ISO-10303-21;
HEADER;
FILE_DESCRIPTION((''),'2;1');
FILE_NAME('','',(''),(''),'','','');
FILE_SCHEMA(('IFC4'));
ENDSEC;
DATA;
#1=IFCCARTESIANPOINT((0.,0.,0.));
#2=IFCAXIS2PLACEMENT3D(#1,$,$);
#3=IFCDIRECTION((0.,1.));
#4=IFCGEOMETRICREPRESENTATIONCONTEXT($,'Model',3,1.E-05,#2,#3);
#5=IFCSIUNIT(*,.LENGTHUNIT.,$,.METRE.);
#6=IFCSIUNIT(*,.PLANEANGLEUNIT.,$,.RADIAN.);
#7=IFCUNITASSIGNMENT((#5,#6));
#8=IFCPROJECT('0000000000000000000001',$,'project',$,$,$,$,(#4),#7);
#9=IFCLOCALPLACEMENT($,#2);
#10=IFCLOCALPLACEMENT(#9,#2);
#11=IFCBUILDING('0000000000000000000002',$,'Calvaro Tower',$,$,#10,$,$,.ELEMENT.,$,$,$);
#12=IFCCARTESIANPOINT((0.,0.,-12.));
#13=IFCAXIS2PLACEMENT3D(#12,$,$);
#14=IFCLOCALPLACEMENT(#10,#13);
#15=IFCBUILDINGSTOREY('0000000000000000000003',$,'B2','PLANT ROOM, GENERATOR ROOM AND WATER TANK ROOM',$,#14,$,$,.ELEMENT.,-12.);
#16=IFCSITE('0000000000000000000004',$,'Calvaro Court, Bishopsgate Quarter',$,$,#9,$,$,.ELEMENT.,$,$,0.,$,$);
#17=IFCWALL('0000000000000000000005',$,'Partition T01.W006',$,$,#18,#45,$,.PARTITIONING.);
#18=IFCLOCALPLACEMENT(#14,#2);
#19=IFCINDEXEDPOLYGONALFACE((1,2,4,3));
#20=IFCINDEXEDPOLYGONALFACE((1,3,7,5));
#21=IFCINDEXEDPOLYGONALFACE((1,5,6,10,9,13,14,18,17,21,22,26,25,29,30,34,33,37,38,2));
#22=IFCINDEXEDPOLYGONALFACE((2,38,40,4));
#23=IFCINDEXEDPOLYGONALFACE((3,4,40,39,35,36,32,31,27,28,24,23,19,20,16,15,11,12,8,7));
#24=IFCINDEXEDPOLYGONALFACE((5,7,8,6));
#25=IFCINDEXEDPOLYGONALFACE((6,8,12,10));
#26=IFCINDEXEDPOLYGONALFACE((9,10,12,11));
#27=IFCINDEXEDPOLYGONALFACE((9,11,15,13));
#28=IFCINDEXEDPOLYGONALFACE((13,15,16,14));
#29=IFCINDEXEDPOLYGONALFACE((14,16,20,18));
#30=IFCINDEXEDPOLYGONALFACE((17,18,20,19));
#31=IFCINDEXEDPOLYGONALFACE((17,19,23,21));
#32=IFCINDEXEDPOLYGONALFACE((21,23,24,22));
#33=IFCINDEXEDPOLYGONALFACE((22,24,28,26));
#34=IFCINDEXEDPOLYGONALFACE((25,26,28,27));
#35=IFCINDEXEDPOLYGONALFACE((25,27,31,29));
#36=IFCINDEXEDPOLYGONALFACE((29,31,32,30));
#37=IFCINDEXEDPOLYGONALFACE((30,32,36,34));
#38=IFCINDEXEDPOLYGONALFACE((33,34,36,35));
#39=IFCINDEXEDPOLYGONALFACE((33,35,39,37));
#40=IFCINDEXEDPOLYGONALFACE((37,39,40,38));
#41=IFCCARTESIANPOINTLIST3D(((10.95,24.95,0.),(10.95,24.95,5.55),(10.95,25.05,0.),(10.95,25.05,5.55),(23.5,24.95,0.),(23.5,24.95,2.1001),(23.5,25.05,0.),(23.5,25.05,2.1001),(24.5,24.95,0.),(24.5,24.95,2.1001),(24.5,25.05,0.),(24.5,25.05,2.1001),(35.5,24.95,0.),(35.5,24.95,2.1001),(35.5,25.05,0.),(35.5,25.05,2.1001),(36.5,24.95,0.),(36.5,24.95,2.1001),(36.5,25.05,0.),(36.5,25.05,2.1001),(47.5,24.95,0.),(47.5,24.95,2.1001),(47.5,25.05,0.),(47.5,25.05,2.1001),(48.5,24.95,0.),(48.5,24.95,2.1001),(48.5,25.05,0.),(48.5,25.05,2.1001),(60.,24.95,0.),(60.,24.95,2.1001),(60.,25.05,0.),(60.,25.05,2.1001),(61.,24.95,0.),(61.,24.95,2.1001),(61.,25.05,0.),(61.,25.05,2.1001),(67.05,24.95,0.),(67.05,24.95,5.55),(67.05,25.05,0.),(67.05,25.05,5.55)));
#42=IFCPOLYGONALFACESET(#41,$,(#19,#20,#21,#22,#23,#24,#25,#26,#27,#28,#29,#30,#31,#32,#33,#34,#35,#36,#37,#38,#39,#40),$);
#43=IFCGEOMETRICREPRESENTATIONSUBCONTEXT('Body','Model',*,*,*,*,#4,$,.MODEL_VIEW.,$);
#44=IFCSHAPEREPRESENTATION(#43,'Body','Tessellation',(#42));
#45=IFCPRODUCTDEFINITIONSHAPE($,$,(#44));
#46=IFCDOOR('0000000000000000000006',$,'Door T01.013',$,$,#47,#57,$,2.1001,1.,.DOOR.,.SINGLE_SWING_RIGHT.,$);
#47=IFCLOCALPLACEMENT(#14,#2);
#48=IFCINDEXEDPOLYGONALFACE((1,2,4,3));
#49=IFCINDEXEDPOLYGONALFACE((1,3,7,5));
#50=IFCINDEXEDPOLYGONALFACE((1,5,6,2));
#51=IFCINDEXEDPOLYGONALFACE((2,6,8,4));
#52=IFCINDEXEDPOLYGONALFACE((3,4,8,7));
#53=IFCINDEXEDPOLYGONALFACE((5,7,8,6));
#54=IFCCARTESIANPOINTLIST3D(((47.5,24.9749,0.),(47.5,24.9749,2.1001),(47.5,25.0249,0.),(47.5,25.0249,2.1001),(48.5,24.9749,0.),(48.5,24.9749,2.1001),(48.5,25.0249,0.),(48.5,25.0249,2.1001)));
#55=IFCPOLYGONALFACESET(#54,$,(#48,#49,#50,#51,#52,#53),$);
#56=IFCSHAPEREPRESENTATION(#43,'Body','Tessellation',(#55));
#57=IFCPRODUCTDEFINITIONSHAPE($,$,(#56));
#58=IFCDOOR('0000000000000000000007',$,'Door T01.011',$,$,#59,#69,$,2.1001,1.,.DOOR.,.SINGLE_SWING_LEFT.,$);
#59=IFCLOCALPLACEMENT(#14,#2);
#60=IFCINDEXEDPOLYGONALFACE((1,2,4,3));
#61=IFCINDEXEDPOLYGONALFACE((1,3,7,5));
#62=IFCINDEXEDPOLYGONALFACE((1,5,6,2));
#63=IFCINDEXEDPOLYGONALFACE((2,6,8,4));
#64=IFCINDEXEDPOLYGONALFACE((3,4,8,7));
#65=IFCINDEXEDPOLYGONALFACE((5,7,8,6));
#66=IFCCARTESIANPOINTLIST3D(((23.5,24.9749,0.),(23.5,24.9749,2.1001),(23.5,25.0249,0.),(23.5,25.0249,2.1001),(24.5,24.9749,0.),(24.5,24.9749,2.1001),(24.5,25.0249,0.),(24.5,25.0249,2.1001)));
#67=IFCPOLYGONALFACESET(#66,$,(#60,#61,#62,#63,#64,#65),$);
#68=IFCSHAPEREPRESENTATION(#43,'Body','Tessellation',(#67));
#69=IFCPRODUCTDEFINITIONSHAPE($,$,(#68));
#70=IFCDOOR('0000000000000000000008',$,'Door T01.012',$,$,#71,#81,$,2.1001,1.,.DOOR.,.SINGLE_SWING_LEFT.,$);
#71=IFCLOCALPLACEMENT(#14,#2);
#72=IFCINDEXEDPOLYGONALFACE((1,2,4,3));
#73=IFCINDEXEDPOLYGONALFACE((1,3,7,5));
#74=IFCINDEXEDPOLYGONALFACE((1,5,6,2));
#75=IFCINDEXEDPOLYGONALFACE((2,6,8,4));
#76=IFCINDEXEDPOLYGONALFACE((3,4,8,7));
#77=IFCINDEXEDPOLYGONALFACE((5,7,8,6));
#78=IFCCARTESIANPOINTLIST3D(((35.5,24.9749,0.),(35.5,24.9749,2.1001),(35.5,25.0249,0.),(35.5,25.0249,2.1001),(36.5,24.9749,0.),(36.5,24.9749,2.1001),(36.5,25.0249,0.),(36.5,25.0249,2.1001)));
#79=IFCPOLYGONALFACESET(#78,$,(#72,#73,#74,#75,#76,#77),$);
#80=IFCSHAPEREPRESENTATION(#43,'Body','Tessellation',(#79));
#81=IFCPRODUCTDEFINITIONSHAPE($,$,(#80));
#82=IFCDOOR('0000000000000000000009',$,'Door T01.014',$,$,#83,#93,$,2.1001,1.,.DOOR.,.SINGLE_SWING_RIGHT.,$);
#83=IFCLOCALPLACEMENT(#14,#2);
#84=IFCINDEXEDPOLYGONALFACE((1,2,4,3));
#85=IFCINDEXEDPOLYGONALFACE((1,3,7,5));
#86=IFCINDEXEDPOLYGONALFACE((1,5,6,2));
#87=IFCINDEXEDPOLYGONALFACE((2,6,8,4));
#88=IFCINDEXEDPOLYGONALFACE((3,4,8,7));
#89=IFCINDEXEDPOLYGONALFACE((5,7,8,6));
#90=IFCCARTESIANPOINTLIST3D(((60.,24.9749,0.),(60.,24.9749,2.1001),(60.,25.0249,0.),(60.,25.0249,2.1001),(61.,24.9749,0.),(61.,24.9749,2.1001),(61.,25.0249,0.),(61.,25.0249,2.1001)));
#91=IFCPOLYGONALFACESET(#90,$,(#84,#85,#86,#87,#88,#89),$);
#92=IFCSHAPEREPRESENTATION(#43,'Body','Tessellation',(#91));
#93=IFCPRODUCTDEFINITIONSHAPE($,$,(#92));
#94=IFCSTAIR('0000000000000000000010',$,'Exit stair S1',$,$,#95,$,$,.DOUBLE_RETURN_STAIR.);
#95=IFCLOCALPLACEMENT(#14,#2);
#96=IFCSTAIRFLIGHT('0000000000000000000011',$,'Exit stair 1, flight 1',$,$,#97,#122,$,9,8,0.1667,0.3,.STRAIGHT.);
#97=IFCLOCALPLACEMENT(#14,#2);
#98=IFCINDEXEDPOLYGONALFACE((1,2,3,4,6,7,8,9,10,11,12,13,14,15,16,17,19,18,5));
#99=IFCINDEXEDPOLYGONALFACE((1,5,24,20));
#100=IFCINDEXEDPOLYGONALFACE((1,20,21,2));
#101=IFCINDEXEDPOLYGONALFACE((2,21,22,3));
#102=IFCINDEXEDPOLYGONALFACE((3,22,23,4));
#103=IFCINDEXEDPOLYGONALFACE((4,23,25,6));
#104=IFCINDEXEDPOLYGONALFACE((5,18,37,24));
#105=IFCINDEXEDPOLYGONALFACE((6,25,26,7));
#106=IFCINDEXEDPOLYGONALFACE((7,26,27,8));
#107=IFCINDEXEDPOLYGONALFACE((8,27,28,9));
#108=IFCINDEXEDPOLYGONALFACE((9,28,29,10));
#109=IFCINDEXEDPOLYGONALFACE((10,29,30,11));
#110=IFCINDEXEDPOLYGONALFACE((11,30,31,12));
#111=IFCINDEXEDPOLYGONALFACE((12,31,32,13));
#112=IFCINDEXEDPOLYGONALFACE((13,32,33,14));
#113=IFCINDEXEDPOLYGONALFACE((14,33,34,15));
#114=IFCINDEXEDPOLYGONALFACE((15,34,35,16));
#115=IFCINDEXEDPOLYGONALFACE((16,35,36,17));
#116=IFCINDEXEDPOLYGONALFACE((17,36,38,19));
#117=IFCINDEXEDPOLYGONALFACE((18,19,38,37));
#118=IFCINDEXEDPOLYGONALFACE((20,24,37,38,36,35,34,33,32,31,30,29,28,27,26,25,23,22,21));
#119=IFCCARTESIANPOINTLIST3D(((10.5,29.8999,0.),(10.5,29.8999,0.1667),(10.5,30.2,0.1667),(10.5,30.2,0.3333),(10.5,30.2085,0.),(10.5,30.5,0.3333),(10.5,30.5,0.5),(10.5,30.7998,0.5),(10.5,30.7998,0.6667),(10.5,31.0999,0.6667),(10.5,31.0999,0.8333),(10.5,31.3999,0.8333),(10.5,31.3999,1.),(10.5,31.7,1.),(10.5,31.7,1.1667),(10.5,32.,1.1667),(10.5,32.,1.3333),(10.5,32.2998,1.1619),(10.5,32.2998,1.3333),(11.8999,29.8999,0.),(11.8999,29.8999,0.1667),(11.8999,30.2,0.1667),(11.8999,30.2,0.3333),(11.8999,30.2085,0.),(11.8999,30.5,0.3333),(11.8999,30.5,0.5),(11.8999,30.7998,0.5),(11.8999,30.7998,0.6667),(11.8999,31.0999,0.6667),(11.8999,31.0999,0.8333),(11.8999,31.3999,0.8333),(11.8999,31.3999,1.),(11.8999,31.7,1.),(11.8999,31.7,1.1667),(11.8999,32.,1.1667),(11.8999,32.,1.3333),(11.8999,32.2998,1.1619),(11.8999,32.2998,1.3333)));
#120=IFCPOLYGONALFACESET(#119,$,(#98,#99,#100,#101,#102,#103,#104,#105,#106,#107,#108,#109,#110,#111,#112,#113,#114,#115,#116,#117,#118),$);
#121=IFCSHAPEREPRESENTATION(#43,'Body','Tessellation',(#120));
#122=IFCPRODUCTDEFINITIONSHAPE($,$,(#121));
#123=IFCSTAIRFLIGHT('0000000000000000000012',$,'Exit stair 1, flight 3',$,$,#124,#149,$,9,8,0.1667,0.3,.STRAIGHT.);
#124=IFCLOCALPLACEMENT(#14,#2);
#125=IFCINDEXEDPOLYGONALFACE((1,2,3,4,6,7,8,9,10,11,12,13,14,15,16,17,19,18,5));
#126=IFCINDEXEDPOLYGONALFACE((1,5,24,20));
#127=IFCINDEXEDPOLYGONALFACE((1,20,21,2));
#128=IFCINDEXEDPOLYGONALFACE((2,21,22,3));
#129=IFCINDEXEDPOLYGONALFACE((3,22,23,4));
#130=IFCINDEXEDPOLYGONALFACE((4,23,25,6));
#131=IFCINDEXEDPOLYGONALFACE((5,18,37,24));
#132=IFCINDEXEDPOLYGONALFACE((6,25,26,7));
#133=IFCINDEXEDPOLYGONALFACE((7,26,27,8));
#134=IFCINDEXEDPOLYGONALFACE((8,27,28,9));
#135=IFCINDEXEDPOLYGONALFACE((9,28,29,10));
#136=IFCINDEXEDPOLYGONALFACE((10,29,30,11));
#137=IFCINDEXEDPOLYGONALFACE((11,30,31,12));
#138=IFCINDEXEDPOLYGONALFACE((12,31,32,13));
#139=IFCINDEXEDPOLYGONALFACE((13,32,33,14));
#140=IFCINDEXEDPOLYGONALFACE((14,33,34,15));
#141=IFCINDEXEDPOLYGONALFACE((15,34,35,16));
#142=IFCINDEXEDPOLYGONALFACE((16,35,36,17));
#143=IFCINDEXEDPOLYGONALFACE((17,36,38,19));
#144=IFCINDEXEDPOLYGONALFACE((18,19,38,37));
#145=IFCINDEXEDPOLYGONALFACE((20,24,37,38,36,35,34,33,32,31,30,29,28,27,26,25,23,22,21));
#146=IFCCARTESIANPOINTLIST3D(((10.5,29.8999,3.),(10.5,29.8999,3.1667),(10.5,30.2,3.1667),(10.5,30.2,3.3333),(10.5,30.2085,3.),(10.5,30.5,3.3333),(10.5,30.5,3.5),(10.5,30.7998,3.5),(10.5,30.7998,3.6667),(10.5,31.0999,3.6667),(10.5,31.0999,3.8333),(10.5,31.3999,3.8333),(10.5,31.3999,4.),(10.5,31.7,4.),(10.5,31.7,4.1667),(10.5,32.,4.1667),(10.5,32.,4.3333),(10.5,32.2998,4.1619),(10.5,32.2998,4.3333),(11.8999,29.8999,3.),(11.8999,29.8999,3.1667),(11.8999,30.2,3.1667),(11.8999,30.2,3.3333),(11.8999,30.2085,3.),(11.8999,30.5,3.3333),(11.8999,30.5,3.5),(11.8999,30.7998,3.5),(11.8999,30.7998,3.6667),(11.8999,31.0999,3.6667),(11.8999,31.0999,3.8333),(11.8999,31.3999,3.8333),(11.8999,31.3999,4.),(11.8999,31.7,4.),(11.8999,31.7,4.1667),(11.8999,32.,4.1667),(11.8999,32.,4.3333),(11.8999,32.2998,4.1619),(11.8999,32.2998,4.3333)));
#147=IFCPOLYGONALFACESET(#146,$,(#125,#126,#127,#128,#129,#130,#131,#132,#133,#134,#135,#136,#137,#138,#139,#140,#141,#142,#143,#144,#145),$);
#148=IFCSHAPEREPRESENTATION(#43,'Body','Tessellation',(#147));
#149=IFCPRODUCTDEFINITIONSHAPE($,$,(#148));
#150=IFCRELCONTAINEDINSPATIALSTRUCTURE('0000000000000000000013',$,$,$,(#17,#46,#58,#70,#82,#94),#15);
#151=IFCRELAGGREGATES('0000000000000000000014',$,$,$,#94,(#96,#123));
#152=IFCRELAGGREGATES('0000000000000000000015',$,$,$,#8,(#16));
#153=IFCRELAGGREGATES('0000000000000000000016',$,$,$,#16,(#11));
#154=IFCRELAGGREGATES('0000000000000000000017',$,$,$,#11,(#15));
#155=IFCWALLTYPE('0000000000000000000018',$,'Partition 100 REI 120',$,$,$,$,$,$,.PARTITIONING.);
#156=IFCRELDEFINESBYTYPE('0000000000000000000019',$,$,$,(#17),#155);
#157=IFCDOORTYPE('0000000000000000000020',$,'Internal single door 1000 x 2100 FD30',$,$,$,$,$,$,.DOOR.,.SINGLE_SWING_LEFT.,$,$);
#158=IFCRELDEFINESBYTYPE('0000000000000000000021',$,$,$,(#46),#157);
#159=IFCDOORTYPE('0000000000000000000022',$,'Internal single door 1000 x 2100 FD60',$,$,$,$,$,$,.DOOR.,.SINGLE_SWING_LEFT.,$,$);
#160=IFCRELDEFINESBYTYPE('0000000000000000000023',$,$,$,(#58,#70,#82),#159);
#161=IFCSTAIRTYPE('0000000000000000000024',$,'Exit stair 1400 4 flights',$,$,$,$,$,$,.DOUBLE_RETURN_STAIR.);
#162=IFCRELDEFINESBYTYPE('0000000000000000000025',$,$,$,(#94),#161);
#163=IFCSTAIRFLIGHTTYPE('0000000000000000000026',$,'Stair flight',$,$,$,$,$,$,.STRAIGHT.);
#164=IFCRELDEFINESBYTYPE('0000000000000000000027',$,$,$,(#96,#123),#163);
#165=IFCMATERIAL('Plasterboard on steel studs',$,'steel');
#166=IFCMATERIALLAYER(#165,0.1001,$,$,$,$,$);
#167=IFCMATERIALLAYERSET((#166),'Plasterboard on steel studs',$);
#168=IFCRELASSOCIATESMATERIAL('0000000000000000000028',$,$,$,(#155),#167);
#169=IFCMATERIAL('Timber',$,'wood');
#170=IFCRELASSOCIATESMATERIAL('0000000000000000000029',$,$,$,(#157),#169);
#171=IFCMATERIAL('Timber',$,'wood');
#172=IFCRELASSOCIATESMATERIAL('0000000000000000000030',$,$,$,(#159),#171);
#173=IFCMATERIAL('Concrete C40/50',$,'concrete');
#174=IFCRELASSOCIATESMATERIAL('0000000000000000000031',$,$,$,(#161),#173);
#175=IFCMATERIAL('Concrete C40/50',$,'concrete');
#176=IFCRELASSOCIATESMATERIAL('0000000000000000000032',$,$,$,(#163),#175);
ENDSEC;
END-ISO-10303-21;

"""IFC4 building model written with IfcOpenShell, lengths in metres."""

from ifc_helpers import new_model, si_unit, direction, frame, frame_2d, origin, place, context, subcontext, project, spatial, polyline, rectangle, outline, extrude, material, layer, layer_set, type_object, element, fill, aggregate, save


model = new_model("IFC4")

# Units and contexts
model_context = context("Model", 3, precision=1e-05, world=origin(), true_north=direction((0.0, 1.0)))
body_context = subcontext(model_context, "Body", "Model", "MODEL_VIEW")
ifc_project = project(units=[si_unit("LENGTHUNIT", "METRE"), si_unit("PLANEANGLEUNIT", "RADIAN")], contexts=[model_context])

# Site, building, storey
site_placement = place(None, origin())
site = spatial("IfcSite", under=ifc_project, at=site_placement, Name="Calvaro Court, Bishopsgate Quarter", CompositionType="ELEMENT", RefElevation=0.0)
building_placement = place(site_placement, origin())
building = spatial("IfcBuilding", under=site, at=building_placement, Name="Calvaro Tower", CompositionType="ELEMENT")
storey_placement = place(building_placement, frame((0.0, 0.0, -12.0)))
storey = spatial("IfcBuildingStorey", under=building, at=storey_placement, Name="B2", Description="PLANT ROOM, GENERATOR ROOM AND WATER TANK ROOM", CompositionType="ELEMENT", Elevation=-12.0)

# Wall, openings, doors
ifc_material_1 = material(Name="Plasterboard on steel studs", Category="steel")
ifc_layer = layer(ifc_material_1, 0.1001)
ifc_layer_set = layer_set([ifc_layer], Name="Plasterboard on steel studs")
wall_type = type_object("IfcWallType", Name="Partition 100 REI 120", PredefinedType="PARTITIONING", material=ifc_layer_set)
wall_placement = place(storey_placement, frame((10.95, 25.0, 0.0), z_axis=(0.0, 0.0, 1.0), x_axis=(1.0, 0.0, 0.0)))
wall = element("IfcWall", 1, at=wall_placement, inside=storey, type_object=wall_type, Name="Partition T01.W006", PredefinedType="PARTITIONING", context=body_context, shape_type="SweptSolid", body=[
    extrude(rectangle(XDim=56.1001, YDim=0.1001, at=frame_2d((28.05, 0.0))), origin(), (0.0, 0.0, 1.0), 5.55),
])
opening_1_placement = place(wall_placement, frame((12.55, 0.0, 0.0)))
opening_1 = element("IfcOpeningElement", 2, at=opening_1_placement, cuts=wall, PredefinedType="OPENING", context=body_context, shape_type="SweptSolid", body=[
    extrude(rectangle(XDim=1.0, YDim=2.1001, at=frame_2d((0.5, 1.05))), frame((0.0, 0.0601, 0.0), z_axis=(0.0, -1.0, 0.0), x_axis=(1.0, 0.0, 0.0)), (0.0, 0.0, 1.0), 0.1201),
])
opening_2_placement = place(wall_placement, frame((24.55, 0.0, 0.0)))
opening_2 = element("IfcOpeningElement", 3, at=opening_2_placement, cuts=wall, PredefinedType="OPENING", context=body_context, shape_type="SweptSolid", body=[
    extrude(rectangle(XDim=1.0, YDim=2.1001, at=frame_2d((0.5, 1.05))), frame((0.0, 0.0601, 0.0), z_axis=(0.0, -1.0, 0.0), x_axis=(1.0, 0.0, 0.0)), (0.0, 0.0, 1.0), 0.1201),
])
opening_3_placement = place(wall_placement, frame((36.55, 0.0, 0.0)))
opening_3 = element("IfcOpeningElement", 4, at=opening_3_placement, cuts=wall, PredefinedType="OPENING", context=body_context, shape_type="SweptSolid", body=[
    extrude(rectangle(XDim=1.0, YDim=2.1001, at=frame_2d((0.5, 1.05))), frame((0.0, 0.0601, 0.0), z_axis=(0.0, -1.0, 0.0), x_axis=(1.0, 0.0, 0.0)), (0.0, 0.0, 1.0), 0.1201),
])
opening_4_placement = place(wall_placement, frame((49.05, 0.0, 0.0)))
opening_4 = element("IfcOpeningElement", 5, at=opening_4_placement, cuts=wall, PredefinedType="OPENING", context=body_context, shape_type="SweptSolid", body=[
    extrude(rectangle(XDim=1.0, YDim=2.1001, at=frame_2d((0.5, 1.05))), frame((0.0, 0.0601, 0.0), z_axis=(0.0, -1.0, 0.0), x_axis=(1.0, 0.0, 0.0)), (0.0, 0.0, 1.0), 0.1201),
])
ifc_material_2 = material(Name="Timber", Category="wood")
door_type_1 = type_object("IfcDoorType", Name="Internal single door 1000 x 2100 FD30", OperationType="SINGLE_SWING_LEFT", PredefinedType="DOOR", material=ifc_material_2)
door_1_placement = place(opening_3_placement, origin())
door_1 = element("IfcDoor", 6, at=door_1_placement, inside=storey, type_object=door_type_1, Name="Door T01.013", OperationType="SINGLE_SWING_RIGHT", OverallHeight=2.1001, OverallWidth=1.0, PredefinedType="DOOR", context=body_context, shape_type="SweptSolid", body=[
    extrude(rectangle(XDim=1.0, YDim=2.1001, at=frame_2d((0.5, 1.05))), frame((0.0, 0.0249, 0.0), z_axis=(0.0, -1.0, 0.0), x_axis=(1.0, 0.0, 0.0)), (0.0, 0.0, 1.0), 0.05),
])
fill(opening_3, door_1)
ifc_material_3 = material(Name="Timber", Category="wood")
door_type_2 = type_object("IfcDoorType", Name="Internal single door 1000 x 2100 FD60", OperationType="SINGLE_SWING_LEFT", PredefinedType="DOOR", material=ifc_material_3)
door_2_placement = place(opening_1_placement, origin())
door_2 = element("IfcDoor", 7, at=door_2_placement, inside=storey, type_object=door_type_2, Name="Door T01.011", OperationType="SINGLE_SWING_LEFT", OverallHeight=2.1001, OverallWidth=1.0, PredefinedType="DOOR", context=body_context, shape_type="SweptSolid", body=[
    extrude(rectangle(XDim=1.0, YDim=2.1001, at=frame_2d((0.5, 1.05))), frame((0.0, 0.0249, 0.0), z_axis=(0.0, -1.0, 0.0), x_axis=(1.0, 0.0, 0.0)), (0.0, 0.0, 1.0), 0.05),
])
fill(opening_1, door_2)
door_3_placement = place(opening_2_placement, origin())
door_3 = element("IfcDoor", 8, at=door_3_placement, inside=storey, type_object=door_type_2, Name="Door T01.012", OperationType="SINGLE_SWING_LEFT", OverallHeight=2.1001, OverallWidth=1.0, PredefinedType="DOOR", context=body_context, shape_type="SweptSolid", body=[
    extrude(rectangle(XDim=1.0, YDim=2.1001, at=frame_2d((0.5, 1.05))), frame((0.0, 0.0249, 0.0), z_axis=(0.0, -1.0, 0.0), x_axis=(1.0, 0.0, 0.0)), (0.0, 0.0, 1.0), 0.05),
])
fill(opening_2, door_3)
door_4_placement = place(opening_4_placement, origin())
door_4 = element("IfcDoor", 9, at=door_4_placement, inside=storey, type_object=door_type_2, Name="Door T01.014", OperationType="SINGLE_SWING_RIGHT", OverallHeight=2.1001, OverallWidth=1.0, PredefinedType="DOOR", context=body_context, shape_type="SweptSolid", body=[
    extrude(rectangle(XDim=1.0, YDim=2.1001, at=frame_2d((0.5, 1.05))), frame((0.0, 0.0249, 0.0), z_axis=(0.0, -1.0, 0.0), x_axis=(1.0, 0.0, 0.0)), (0.0, 0.0, 1.0), 0.05),
])
fill(opening_4, door_4)

# Stair, stair flights
ifc_material_4 = material(Name="Concrete C40/50", Category="concrete")
stair_type = type_object("IfcStairType", Name="Exit stair 1400 4 flights", PredefinedType="DOUBLE_RETURN_STAIR", material=ifc_material_4)
stair_placement = place(storey_placement, origin())
stair = element("IfcStair", 10, at=stair_placement, inside=storey, type_object=stair_type, Name="Exit stair S1", PredefinedType="DOUBLE_RETURN_STAIR")
ifc_material_5 = material(Name="Concrete C40/50", Category="concrete")
stair_flight_type = type_object("IfcStairFlightType", Name="Stair flight", PredefinedType="STRAIGHT", material=ifc_material_5)
stair_flight_1_placement = place(storey_placement, frame((11.2, 29.8999, 0.0), z_axis=(0.0, 0.0, 1.0), x_axis=(0.0, 1.0, 0.0)))
stair_flight_1 = element("IfcStairFlight", 11, at=stair_flight_1_placement, type_object=stair_flight_type, Name="Exit stair 1, flight 1", NumberOfRisers=9, NumberOfTreads=8, PredefinedType="STRAIGHT", RiserHeight=0.1667, TreadLength=0.3, context=body_context, shape_type="SweptSolid", body=[
    extrude(outline(polyline([(0.0, 0.0), (0.0, 0.1667), (0.3, 0.1667), (0.3, 0.3333), (0.6001, 0.3333), (0.6001, 0.5), (0.8999, 0.5), (0.8999, 0.6667), (1.2, 0.6667), (1.2, 0.8333), (1.5, 0.8333), (1.5, 1.0), (1.8, 1.0), (1.8, 1.1667), (2.1001, 1.1667), (2.1001, 1.3333), (2.3999, 1.3333), (2.3999, 1.5), (2.3999, 1.1619), (0.3086, 0.0), (0.0, 0.0)])), frame((0.0, 0.7, 0.0), z_axis=(0.0, -1.0, 0.0), x_axis=(1.0, 0.0, 0.0)), (0.0, 0.0, 1.0), 1.3999),
])
stair_flight_2_placement = place(storey_placement, frame((11.2, 29.8999, 3.0), z_axis=(0.0, 0.0, 1.0), x_axis=(0.0, 1.0, 0.0)))
stair_flight_2 = element("IfcStairFlight", 12, at=stair_flight_2_placement, type_object=stair_flight_type, Name="Exit stair 1, flight 3", NumberOfRisers=9, NumberOfTreads=8, PredefinedType="STRAIGHT", RiserHeight=0.1667, TreadLength=0.3, context=body_context, shape_type="SweptSolid", body=[
    extrude(outline(polyline([(0.0, 0.0), (0.0, 0.1667), (0.3, 0.1667), (0.3, 0.3333), (0.6001, 0.3333), (0.6001, 0.5), (0.8999, 0.5), (0.8999, 0.6667), (1.2, 0.6667), (1.2, 0.8333), (1.5, 0.8333), (1.5, 1.0), (1.8, 1.0), (1.8, 1.1667), (2.1001, 1.1667), (2.1001, 1.3333), (2.3999, 1.3333), (2.3999, 1.5), (2.3999, 1.1619), (0.3086, 0.0), (0.0, 0.0)])), frame((0.0, 0.7, 0.0), z_axis=(0.0, -1.0, 0.0), x_axis=(1.0, 0.0, 0.0)), (0.0, 0.0, 1.0), 1.3999),
])
aggregate(stair, [stair_flight_1, stair_flight_2])

save(model, "model.ifc")
